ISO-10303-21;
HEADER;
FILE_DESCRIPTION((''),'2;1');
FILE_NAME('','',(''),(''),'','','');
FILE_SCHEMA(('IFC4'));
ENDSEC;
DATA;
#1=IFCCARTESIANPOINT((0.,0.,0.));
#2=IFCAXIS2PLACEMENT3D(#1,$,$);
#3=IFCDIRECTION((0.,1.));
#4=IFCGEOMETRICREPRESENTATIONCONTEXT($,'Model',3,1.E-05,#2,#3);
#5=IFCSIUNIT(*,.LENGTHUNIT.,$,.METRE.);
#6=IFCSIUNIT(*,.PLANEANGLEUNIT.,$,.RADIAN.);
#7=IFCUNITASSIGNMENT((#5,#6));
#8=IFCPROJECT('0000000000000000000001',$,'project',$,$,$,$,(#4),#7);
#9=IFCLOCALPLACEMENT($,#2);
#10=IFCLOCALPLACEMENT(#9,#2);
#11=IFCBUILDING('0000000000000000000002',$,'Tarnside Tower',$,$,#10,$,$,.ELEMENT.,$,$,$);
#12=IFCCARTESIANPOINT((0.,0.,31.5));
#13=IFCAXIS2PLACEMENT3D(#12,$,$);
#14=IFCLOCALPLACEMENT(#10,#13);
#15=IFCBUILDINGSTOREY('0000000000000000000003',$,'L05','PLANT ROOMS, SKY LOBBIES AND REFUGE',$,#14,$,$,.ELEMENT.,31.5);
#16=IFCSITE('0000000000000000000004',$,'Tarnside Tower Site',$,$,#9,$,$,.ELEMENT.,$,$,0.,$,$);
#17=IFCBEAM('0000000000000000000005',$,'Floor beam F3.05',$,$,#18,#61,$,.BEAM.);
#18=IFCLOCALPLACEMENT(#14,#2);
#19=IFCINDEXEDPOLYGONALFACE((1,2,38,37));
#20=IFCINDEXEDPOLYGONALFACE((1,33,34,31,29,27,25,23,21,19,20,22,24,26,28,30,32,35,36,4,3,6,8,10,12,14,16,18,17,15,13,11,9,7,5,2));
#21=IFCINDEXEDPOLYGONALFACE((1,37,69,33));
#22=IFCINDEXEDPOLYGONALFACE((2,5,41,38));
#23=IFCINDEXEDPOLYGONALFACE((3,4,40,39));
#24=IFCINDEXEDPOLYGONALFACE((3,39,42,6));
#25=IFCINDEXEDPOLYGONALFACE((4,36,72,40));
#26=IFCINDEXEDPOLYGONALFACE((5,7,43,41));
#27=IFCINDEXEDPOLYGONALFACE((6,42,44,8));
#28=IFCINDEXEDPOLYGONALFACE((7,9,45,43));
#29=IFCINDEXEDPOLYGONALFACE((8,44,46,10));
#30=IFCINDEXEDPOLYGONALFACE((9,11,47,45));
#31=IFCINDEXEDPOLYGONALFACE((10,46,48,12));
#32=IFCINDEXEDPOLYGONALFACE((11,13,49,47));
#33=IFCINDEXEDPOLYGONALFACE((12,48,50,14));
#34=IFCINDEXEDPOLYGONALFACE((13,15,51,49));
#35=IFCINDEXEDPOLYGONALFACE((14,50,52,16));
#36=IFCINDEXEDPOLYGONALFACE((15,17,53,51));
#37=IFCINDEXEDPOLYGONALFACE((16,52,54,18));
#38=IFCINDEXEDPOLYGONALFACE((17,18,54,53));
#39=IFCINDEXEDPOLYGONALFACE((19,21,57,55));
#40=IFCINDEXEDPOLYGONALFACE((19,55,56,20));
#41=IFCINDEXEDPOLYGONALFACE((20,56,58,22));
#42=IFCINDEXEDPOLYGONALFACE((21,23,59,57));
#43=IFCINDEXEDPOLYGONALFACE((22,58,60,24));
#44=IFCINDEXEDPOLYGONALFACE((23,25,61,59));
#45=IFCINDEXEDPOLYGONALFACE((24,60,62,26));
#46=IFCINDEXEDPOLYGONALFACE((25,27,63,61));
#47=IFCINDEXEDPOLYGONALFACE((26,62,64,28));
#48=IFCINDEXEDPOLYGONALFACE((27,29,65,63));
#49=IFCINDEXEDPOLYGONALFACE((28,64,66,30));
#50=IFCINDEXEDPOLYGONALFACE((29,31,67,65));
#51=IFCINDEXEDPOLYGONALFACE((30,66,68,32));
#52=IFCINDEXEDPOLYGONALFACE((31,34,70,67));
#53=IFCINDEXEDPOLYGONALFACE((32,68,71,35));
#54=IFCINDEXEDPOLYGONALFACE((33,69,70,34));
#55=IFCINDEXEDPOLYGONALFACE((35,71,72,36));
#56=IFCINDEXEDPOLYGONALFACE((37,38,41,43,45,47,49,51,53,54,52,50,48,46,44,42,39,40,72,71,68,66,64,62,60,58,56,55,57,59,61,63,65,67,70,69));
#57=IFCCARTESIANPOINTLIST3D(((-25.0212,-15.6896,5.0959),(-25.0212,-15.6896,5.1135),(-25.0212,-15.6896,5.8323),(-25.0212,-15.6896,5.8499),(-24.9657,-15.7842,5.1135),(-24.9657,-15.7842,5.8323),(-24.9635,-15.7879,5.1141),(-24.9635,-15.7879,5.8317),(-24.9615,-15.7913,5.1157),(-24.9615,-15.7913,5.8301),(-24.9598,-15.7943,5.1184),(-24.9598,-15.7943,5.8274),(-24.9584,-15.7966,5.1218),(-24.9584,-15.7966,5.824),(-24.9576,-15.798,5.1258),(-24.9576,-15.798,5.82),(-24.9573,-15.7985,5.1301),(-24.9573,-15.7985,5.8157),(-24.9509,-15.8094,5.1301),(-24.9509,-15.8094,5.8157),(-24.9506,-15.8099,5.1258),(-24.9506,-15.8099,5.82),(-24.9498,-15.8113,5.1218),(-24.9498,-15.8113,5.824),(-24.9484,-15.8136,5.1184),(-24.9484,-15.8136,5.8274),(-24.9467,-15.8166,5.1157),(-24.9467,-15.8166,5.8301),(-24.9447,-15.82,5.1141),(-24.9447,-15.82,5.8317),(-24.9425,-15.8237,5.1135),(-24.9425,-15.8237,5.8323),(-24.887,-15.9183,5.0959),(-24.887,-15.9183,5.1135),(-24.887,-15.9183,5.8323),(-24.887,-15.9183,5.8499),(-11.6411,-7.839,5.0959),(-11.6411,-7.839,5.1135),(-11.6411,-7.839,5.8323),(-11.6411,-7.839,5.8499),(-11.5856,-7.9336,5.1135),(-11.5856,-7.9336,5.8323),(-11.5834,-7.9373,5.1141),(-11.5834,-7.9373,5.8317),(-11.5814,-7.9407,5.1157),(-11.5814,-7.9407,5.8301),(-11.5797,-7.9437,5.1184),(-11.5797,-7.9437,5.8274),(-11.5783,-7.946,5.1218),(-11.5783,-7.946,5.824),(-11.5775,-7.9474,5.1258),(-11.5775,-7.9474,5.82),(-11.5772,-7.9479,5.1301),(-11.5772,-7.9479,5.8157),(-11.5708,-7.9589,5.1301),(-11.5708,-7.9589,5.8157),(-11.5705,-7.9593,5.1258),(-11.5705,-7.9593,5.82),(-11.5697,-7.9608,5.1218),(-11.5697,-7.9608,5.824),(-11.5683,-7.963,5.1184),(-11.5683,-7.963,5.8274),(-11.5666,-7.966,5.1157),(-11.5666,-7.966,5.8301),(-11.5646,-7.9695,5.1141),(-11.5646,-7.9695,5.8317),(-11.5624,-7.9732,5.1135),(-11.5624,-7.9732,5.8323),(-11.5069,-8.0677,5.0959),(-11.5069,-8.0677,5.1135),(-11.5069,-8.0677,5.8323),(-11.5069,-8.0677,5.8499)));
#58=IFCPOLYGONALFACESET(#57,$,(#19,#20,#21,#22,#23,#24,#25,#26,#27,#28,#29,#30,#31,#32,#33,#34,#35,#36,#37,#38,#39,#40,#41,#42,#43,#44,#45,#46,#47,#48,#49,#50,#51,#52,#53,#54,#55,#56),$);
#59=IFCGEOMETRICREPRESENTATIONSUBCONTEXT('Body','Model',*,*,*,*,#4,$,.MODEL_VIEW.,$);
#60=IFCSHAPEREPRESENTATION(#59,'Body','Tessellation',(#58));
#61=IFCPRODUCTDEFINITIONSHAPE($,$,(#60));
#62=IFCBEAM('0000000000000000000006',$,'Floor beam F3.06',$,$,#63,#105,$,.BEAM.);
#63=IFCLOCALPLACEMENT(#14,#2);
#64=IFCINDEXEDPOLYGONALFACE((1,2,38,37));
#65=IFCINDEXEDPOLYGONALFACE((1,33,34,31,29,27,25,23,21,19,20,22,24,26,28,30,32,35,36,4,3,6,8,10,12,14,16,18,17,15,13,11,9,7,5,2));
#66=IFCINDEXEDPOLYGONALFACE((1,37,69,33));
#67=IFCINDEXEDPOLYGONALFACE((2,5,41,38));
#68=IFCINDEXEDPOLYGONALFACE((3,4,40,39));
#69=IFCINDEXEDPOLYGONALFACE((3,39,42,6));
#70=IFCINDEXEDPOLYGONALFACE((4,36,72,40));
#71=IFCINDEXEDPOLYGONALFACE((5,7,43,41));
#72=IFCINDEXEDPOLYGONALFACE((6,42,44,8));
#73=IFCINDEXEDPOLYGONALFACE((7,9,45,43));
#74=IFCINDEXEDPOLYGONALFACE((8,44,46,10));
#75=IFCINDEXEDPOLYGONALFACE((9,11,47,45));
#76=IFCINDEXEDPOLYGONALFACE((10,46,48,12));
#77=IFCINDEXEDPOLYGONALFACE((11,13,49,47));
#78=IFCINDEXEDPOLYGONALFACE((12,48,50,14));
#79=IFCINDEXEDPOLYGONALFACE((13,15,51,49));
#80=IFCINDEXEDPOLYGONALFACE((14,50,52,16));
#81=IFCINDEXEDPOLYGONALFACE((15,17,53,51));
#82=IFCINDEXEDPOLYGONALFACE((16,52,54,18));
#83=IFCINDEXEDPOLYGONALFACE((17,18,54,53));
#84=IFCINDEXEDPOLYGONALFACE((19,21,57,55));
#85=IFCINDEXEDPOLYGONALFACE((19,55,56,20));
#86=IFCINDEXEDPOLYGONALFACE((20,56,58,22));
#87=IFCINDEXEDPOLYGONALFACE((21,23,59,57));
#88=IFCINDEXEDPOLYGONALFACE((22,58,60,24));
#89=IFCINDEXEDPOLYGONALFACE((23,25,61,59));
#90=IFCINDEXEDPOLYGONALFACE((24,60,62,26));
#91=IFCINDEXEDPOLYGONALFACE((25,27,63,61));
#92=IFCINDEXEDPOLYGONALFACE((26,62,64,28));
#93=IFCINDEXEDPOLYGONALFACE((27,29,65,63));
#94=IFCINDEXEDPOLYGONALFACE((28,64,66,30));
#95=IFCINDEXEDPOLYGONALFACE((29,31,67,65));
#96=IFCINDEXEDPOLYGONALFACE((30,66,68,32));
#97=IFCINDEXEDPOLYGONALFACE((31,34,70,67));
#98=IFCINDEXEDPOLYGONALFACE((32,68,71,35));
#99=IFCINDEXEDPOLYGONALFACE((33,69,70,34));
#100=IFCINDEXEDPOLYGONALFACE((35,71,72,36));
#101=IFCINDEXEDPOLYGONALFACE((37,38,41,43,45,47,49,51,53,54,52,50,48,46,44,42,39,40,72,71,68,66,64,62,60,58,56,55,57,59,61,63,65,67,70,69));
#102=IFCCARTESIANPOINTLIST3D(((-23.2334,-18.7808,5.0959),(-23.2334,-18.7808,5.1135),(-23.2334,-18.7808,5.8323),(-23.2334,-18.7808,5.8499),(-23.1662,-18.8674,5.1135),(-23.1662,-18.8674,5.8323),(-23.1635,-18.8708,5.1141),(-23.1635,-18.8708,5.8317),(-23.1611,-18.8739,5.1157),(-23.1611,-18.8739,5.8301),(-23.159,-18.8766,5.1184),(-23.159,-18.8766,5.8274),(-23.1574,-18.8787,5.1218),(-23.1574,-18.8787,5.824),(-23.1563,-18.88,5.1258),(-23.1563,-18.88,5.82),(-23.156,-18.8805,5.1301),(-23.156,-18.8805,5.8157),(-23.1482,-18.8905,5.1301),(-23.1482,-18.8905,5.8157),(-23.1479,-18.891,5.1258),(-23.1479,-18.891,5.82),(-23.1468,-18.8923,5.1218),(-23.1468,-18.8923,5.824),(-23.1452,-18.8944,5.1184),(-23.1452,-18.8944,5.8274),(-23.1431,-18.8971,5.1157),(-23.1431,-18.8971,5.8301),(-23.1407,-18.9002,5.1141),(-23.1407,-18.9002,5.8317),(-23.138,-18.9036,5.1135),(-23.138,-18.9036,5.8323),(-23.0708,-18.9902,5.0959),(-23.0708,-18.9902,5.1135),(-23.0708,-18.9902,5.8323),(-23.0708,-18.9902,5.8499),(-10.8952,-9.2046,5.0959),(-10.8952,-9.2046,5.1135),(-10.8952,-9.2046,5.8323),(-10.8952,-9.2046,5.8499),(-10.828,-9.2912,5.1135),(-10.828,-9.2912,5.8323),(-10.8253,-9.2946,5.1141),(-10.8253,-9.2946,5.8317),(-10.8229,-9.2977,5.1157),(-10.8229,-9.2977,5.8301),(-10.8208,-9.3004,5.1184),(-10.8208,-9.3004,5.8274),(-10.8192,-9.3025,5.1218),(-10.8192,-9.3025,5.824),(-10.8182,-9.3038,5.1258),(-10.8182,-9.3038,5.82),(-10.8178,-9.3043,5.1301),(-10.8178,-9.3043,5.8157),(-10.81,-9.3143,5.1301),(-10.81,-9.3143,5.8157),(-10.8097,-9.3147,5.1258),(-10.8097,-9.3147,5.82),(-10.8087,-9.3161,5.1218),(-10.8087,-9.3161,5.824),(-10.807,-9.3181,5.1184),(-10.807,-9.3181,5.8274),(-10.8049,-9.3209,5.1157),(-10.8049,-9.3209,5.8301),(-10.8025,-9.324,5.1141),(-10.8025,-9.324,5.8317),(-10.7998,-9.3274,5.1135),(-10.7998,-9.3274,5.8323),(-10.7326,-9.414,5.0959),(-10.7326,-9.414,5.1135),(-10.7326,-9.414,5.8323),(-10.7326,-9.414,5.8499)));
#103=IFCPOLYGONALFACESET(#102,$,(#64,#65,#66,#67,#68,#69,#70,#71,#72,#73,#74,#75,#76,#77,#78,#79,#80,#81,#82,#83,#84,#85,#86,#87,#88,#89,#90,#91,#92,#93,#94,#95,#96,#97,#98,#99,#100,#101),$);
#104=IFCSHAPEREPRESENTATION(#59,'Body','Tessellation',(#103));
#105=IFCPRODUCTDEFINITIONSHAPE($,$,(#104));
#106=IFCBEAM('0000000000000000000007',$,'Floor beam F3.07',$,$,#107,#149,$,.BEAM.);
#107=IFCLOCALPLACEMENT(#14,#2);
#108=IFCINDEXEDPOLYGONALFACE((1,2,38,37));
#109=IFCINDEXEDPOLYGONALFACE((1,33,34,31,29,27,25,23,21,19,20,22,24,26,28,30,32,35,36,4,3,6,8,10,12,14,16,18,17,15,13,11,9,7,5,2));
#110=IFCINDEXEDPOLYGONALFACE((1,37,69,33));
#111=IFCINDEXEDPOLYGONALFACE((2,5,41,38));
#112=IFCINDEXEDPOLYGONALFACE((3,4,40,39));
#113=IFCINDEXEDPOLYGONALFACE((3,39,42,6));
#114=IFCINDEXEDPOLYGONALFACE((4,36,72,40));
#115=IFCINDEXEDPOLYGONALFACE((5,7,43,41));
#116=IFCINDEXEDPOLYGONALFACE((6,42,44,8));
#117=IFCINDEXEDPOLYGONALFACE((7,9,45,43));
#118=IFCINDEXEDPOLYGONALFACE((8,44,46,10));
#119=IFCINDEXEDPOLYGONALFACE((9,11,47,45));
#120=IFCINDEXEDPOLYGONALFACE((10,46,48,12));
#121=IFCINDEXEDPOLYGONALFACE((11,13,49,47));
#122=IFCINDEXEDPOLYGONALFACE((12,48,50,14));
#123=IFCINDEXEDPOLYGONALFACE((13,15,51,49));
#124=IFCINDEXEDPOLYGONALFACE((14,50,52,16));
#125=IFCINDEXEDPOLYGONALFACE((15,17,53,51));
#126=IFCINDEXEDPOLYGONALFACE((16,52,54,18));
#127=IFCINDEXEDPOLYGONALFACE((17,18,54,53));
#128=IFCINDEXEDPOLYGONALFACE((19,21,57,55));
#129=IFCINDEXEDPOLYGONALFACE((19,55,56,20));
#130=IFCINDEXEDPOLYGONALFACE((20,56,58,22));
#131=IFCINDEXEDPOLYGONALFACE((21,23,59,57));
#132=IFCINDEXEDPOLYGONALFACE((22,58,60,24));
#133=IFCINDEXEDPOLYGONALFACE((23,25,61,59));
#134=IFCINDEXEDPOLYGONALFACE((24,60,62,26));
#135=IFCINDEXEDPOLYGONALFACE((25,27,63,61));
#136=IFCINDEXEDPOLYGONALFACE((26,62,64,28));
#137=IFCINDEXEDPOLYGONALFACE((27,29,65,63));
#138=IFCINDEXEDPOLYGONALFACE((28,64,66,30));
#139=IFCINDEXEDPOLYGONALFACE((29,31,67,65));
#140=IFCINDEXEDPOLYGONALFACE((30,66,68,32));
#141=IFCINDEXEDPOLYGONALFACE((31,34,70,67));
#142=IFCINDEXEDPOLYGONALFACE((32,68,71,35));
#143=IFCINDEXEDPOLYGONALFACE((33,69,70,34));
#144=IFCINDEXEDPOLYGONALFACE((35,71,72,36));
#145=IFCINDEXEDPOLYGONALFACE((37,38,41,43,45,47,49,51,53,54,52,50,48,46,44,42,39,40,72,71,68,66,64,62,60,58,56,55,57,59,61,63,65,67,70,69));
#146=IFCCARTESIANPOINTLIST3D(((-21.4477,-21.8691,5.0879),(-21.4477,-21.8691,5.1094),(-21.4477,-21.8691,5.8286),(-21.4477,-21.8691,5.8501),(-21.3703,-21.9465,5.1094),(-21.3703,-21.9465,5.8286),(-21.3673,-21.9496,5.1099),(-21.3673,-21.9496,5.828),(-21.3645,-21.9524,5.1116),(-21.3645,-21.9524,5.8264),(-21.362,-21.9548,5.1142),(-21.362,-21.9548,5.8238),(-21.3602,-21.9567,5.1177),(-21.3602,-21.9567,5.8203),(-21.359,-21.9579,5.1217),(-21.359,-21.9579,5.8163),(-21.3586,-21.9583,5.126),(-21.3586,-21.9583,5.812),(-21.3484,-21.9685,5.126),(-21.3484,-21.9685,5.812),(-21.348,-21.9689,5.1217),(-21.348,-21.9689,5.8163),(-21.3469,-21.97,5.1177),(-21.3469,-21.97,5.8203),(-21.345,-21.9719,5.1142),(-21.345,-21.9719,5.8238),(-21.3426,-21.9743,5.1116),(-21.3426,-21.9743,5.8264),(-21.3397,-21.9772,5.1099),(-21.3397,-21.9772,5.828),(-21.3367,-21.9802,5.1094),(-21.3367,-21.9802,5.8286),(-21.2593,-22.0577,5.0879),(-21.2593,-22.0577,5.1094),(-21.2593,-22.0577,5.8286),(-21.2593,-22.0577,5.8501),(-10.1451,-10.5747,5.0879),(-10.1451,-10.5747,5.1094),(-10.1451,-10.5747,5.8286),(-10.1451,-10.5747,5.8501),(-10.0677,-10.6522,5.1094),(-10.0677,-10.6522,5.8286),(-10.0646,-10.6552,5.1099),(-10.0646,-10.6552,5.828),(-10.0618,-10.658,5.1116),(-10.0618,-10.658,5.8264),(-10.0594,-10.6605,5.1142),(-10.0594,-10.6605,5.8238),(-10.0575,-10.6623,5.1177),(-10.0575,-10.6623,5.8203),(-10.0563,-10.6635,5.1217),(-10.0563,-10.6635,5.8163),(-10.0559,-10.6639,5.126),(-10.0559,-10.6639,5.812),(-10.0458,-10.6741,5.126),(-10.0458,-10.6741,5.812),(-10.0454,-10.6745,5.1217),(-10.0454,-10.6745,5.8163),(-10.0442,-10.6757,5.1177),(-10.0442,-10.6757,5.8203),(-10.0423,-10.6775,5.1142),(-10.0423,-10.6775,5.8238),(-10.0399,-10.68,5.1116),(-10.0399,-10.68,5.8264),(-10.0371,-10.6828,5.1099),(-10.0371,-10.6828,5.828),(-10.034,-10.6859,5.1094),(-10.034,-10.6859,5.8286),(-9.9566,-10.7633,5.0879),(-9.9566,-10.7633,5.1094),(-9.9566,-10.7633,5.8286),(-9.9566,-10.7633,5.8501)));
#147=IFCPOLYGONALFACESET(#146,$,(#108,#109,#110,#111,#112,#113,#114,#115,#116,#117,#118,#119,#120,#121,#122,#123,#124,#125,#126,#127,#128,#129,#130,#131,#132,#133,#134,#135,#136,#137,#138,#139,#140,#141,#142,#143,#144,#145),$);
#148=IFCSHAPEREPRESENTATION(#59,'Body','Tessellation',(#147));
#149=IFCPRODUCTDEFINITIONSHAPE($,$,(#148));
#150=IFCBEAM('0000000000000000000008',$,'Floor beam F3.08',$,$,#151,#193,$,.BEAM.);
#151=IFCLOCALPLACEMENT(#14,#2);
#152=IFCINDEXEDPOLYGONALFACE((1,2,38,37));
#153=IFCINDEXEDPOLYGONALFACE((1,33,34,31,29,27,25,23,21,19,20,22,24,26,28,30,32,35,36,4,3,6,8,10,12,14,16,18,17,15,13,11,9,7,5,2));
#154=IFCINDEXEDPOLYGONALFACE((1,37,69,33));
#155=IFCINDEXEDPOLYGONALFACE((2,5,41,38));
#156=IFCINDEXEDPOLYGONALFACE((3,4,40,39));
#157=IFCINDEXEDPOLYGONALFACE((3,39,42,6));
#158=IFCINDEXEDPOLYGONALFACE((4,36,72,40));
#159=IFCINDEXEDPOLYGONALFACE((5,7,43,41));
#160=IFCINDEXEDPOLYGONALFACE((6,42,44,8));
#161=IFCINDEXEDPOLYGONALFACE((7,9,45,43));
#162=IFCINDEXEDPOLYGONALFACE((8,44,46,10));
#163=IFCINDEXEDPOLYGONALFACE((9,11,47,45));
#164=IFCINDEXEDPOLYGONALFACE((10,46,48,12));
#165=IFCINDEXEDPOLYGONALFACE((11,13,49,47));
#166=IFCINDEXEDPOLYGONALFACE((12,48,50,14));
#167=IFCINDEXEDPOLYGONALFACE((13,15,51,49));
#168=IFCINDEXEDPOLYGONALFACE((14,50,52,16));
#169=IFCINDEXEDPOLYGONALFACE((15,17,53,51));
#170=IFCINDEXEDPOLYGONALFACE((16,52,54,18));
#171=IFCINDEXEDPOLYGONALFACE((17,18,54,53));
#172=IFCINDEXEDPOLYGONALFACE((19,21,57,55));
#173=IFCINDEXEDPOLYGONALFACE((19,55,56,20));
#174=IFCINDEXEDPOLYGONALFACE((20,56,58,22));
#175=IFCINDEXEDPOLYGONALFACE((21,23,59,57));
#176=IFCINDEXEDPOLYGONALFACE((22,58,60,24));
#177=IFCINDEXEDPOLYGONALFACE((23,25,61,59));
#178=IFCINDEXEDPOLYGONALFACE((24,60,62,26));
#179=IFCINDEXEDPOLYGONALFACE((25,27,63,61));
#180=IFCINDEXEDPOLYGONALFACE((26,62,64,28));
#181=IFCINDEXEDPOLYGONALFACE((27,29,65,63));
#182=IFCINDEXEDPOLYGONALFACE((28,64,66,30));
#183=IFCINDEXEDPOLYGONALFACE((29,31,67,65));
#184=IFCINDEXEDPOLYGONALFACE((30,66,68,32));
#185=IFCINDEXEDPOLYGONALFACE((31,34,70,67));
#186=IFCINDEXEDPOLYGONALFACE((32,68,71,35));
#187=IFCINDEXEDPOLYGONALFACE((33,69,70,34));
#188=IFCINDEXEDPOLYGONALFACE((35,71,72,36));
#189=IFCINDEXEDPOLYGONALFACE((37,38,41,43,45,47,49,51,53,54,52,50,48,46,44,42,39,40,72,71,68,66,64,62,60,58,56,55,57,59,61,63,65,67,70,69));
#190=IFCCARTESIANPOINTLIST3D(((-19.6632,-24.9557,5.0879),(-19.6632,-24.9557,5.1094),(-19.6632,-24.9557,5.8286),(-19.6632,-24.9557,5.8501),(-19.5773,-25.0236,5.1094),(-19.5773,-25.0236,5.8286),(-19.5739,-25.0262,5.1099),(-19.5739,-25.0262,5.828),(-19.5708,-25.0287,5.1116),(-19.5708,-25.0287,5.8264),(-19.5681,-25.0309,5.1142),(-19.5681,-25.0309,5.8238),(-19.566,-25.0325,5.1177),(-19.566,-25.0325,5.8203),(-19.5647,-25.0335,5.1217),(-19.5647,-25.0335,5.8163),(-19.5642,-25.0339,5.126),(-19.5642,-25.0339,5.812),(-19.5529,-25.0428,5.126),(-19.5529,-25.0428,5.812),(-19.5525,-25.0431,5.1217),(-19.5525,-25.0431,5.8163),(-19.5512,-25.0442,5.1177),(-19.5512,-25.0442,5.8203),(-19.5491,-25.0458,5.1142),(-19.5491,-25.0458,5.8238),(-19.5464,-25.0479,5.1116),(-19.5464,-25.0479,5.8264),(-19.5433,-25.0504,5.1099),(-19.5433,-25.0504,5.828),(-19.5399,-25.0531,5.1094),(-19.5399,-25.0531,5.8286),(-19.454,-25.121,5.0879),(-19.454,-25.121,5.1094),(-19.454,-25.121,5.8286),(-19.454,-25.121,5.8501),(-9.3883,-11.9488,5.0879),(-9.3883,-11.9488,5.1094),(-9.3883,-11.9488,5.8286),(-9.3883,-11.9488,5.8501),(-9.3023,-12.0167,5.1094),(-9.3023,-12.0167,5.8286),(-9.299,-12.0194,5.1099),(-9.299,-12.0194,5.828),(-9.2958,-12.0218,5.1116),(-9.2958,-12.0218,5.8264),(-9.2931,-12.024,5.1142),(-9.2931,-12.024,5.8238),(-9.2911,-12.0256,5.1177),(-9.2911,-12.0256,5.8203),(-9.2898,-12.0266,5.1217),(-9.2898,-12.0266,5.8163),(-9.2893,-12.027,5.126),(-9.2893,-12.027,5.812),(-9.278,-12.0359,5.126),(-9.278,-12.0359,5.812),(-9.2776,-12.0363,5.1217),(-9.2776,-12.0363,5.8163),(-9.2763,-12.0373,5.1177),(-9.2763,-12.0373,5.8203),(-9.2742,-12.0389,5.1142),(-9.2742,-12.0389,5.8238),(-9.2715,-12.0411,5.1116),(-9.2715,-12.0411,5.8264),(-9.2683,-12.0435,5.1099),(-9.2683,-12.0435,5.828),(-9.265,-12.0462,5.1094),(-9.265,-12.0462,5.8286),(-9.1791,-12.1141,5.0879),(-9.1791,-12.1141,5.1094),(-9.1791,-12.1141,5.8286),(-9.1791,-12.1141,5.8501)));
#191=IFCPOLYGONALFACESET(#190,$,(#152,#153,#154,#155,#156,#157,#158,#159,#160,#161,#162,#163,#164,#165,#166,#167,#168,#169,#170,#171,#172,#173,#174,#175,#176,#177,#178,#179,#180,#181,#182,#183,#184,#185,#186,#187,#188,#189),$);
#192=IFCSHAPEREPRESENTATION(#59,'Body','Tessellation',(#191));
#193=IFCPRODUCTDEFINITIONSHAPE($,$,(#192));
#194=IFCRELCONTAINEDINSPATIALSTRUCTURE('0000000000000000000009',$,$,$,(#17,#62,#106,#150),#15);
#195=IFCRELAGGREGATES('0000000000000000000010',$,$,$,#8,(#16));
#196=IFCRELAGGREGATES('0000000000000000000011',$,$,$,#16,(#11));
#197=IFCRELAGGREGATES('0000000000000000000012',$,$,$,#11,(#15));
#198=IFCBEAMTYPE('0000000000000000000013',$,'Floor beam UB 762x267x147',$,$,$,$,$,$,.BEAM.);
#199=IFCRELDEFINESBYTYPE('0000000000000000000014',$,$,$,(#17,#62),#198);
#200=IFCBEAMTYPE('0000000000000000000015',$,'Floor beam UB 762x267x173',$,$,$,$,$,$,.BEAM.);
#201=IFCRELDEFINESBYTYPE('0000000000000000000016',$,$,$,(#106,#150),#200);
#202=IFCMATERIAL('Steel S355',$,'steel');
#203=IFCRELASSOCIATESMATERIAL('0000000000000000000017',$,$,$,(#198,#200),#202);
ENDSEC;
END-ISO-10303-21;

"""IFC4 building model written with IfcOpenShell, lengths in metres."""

from ifc_helpers import new_model, si_unit, direction, frame, origin, origin_2d, place, context, subcontext, project, spatial, i_section, extrude, material, material_profile, profile_set, type_object, element, save


model = new_model("IFC4")

# Units and contexts
model_context = context("Model", 3, precision=1e-05, world=origin(), true_north=direction((0.0, 1.0)))
body_context = subcontext(model_context, "Body", "Model", "MODEL_VIEW")
ifc_project = project(units=[si_unit("LENGTHUNIT", "METRE"), si_unit("PLANEANGLEUNIT", "RADIAN")], contexts=[model_context])

# Site, building, storey
site_placement = place(None, origin())
site = spatial("IfcSite", under=ifc_project, at=site_placement, Name="Tarnside Tower Site", CompositionType="ELEMENT", RefElevation=0.0)
building_placement = place(site_placement, origin())
building = spatial("IfcBuilding", under=site, at=building_placement, Name="Tarnside Tower", CompositionType="ELEMENT")
storey_placement = place(building_placement, frame((0.0, 0.0, 31.5)))
storey = spatial("IfcBuildingStorey", under=building, at=storey_placement, Name="L05", Description="PLANT ROOMS, SKY LOBBIES AND REFUGE", CompositionType="ELEMENT", Elevation=31.5)

# Beams
ifc_material_1 = material(Name="Steel S355", Category="steel")
ifc_material_profile_1 = material_profile(ifc_material_1, i_section(OverallWidth=0.2651, OverallDepth=0.7539, WebThickness=0.0127, FlangeThickness=0.0176, FilletRadius=0.0166, at=origin_2d()), Name="UB 762x267x147")
ifc_profile_set_1 = profile_set([ifc_material_profile_1], Name="Steel S355")
beam_type_1 = type_object("IfcBeamType", Name="Floor beam UB 762x267x147", PredefinedType="BEAM", material=ifc_profile_set_1)
beam_1_placement = place(storey_placement, frame((-24.9541, -15.804, 5.4729), z_axis=(0.862499, 0.506058, 0.0), x_axis=(-0.506058, 0.862499, 0.0)))
element("IfcBeam", 1, at=beam_1_placement, inside=storey, type_object=beam_type_1, Name="Floor beam F3.05", PredefinedType="BEAM", context=body_context, shape_type="SweptSolid", body=[
    extrude(i_section(OverallWidth=0.2651, OverallDepth=0.7539, WebThickness=0.0127, FlangeThickness=0.0176, FilletRadius=0.0166, at=origin_2d()), origin(), (0.0, 0.0, 1.0), 15.5132),
])
beam_2_placement = place(storey_placement, frame((-23.1521, -18.8855, 5.4729), z_axis=(0.789977, 0.613136, 0.0), x_axis=(-0.613136, 0.789977, 0.0)))
element("IfcBeam", 2, at=beam_2_placement, inside=storey, type_object=beam_type_1, Name="Floor beam F3.06", PredefinedType="BEAM", context=body_context, shape_type="SweptSolid", body=[
    extrude(i_section(OverallWidth=0.2651, OverallDepth=0.7539, WebThickness=0.0127, FlangeThickness=0.0176, FilletRadius=0.0166, at=origin_2d()), origin(), (0.0, 0.0, 1.0), 15.6184),
])
ifc_material_profile_2 = material_profile(ifc_material_1, i_section(OverallWidth=0.2666, OverallDepth=0.7622, WebThickness=0.0144, FlangeThickness=0.0215, FilletRadius=0.0166, at=origin_2d()), Name="UB 762x267x173")
ifc_profile_set_2 = profile_set([ifc_material_profile_2], Name="Steel S355")
beam_type_2 = type_object("IfcBeamType", Name="Floor beam UB 762x267x173", PredefinedType="BEAM", material=ifc_profile_set_2)
beam_3_placement = place(storey_placement, frame((-21.3535, -21.9634, 5.469), z_axis=(0.707366, 0.706847, 0.0), x_axis=(-0.706847, 0.707366, 0.0)))
element("IfcBeam", 3, at=beam_3_placement, inside=storey, type_object=beam_type_2, Name="Floor beam F3.07", PredefinedType="BEAM", context=body_context, shape_type="SweptSolid", body=[
    extrude(i_section(OverallWidth=0.2666, OverallDepth=0.7622, WebThickness=0.0144, FlangeThickness=0.0215, FilletRadius=0.0166, at=origin_2d()), origin(), (0.0, 0.0, 1.0), 15.9785),
])
beam_4_placement = place(storey_placement, frame((-19.5586, -25.0383, 5.469), z_axis=(0.61988, 0.784696, 0.0), x_axis=(-0.784696, 0.61988, 0.0)))
element("IfcBeam", 4, at=beam_4_placement, inside=storey, type_object=beam_type_2, Name="Floor beam F3.08", PredefinedType="BEAM", context=body_context, shape_type="SweptSolid", body=[
    extrude(i_section(OverallWidth=0.2666, OverallDepth=0.7622, WebThickness=0.0144, FlangeThickness=0.0215, FilletRadius=0.0166, at=origin_2d()), origin(), (0.0, 0.0, 1.0), 16.5757),
])

save(model, "model.ifc")
